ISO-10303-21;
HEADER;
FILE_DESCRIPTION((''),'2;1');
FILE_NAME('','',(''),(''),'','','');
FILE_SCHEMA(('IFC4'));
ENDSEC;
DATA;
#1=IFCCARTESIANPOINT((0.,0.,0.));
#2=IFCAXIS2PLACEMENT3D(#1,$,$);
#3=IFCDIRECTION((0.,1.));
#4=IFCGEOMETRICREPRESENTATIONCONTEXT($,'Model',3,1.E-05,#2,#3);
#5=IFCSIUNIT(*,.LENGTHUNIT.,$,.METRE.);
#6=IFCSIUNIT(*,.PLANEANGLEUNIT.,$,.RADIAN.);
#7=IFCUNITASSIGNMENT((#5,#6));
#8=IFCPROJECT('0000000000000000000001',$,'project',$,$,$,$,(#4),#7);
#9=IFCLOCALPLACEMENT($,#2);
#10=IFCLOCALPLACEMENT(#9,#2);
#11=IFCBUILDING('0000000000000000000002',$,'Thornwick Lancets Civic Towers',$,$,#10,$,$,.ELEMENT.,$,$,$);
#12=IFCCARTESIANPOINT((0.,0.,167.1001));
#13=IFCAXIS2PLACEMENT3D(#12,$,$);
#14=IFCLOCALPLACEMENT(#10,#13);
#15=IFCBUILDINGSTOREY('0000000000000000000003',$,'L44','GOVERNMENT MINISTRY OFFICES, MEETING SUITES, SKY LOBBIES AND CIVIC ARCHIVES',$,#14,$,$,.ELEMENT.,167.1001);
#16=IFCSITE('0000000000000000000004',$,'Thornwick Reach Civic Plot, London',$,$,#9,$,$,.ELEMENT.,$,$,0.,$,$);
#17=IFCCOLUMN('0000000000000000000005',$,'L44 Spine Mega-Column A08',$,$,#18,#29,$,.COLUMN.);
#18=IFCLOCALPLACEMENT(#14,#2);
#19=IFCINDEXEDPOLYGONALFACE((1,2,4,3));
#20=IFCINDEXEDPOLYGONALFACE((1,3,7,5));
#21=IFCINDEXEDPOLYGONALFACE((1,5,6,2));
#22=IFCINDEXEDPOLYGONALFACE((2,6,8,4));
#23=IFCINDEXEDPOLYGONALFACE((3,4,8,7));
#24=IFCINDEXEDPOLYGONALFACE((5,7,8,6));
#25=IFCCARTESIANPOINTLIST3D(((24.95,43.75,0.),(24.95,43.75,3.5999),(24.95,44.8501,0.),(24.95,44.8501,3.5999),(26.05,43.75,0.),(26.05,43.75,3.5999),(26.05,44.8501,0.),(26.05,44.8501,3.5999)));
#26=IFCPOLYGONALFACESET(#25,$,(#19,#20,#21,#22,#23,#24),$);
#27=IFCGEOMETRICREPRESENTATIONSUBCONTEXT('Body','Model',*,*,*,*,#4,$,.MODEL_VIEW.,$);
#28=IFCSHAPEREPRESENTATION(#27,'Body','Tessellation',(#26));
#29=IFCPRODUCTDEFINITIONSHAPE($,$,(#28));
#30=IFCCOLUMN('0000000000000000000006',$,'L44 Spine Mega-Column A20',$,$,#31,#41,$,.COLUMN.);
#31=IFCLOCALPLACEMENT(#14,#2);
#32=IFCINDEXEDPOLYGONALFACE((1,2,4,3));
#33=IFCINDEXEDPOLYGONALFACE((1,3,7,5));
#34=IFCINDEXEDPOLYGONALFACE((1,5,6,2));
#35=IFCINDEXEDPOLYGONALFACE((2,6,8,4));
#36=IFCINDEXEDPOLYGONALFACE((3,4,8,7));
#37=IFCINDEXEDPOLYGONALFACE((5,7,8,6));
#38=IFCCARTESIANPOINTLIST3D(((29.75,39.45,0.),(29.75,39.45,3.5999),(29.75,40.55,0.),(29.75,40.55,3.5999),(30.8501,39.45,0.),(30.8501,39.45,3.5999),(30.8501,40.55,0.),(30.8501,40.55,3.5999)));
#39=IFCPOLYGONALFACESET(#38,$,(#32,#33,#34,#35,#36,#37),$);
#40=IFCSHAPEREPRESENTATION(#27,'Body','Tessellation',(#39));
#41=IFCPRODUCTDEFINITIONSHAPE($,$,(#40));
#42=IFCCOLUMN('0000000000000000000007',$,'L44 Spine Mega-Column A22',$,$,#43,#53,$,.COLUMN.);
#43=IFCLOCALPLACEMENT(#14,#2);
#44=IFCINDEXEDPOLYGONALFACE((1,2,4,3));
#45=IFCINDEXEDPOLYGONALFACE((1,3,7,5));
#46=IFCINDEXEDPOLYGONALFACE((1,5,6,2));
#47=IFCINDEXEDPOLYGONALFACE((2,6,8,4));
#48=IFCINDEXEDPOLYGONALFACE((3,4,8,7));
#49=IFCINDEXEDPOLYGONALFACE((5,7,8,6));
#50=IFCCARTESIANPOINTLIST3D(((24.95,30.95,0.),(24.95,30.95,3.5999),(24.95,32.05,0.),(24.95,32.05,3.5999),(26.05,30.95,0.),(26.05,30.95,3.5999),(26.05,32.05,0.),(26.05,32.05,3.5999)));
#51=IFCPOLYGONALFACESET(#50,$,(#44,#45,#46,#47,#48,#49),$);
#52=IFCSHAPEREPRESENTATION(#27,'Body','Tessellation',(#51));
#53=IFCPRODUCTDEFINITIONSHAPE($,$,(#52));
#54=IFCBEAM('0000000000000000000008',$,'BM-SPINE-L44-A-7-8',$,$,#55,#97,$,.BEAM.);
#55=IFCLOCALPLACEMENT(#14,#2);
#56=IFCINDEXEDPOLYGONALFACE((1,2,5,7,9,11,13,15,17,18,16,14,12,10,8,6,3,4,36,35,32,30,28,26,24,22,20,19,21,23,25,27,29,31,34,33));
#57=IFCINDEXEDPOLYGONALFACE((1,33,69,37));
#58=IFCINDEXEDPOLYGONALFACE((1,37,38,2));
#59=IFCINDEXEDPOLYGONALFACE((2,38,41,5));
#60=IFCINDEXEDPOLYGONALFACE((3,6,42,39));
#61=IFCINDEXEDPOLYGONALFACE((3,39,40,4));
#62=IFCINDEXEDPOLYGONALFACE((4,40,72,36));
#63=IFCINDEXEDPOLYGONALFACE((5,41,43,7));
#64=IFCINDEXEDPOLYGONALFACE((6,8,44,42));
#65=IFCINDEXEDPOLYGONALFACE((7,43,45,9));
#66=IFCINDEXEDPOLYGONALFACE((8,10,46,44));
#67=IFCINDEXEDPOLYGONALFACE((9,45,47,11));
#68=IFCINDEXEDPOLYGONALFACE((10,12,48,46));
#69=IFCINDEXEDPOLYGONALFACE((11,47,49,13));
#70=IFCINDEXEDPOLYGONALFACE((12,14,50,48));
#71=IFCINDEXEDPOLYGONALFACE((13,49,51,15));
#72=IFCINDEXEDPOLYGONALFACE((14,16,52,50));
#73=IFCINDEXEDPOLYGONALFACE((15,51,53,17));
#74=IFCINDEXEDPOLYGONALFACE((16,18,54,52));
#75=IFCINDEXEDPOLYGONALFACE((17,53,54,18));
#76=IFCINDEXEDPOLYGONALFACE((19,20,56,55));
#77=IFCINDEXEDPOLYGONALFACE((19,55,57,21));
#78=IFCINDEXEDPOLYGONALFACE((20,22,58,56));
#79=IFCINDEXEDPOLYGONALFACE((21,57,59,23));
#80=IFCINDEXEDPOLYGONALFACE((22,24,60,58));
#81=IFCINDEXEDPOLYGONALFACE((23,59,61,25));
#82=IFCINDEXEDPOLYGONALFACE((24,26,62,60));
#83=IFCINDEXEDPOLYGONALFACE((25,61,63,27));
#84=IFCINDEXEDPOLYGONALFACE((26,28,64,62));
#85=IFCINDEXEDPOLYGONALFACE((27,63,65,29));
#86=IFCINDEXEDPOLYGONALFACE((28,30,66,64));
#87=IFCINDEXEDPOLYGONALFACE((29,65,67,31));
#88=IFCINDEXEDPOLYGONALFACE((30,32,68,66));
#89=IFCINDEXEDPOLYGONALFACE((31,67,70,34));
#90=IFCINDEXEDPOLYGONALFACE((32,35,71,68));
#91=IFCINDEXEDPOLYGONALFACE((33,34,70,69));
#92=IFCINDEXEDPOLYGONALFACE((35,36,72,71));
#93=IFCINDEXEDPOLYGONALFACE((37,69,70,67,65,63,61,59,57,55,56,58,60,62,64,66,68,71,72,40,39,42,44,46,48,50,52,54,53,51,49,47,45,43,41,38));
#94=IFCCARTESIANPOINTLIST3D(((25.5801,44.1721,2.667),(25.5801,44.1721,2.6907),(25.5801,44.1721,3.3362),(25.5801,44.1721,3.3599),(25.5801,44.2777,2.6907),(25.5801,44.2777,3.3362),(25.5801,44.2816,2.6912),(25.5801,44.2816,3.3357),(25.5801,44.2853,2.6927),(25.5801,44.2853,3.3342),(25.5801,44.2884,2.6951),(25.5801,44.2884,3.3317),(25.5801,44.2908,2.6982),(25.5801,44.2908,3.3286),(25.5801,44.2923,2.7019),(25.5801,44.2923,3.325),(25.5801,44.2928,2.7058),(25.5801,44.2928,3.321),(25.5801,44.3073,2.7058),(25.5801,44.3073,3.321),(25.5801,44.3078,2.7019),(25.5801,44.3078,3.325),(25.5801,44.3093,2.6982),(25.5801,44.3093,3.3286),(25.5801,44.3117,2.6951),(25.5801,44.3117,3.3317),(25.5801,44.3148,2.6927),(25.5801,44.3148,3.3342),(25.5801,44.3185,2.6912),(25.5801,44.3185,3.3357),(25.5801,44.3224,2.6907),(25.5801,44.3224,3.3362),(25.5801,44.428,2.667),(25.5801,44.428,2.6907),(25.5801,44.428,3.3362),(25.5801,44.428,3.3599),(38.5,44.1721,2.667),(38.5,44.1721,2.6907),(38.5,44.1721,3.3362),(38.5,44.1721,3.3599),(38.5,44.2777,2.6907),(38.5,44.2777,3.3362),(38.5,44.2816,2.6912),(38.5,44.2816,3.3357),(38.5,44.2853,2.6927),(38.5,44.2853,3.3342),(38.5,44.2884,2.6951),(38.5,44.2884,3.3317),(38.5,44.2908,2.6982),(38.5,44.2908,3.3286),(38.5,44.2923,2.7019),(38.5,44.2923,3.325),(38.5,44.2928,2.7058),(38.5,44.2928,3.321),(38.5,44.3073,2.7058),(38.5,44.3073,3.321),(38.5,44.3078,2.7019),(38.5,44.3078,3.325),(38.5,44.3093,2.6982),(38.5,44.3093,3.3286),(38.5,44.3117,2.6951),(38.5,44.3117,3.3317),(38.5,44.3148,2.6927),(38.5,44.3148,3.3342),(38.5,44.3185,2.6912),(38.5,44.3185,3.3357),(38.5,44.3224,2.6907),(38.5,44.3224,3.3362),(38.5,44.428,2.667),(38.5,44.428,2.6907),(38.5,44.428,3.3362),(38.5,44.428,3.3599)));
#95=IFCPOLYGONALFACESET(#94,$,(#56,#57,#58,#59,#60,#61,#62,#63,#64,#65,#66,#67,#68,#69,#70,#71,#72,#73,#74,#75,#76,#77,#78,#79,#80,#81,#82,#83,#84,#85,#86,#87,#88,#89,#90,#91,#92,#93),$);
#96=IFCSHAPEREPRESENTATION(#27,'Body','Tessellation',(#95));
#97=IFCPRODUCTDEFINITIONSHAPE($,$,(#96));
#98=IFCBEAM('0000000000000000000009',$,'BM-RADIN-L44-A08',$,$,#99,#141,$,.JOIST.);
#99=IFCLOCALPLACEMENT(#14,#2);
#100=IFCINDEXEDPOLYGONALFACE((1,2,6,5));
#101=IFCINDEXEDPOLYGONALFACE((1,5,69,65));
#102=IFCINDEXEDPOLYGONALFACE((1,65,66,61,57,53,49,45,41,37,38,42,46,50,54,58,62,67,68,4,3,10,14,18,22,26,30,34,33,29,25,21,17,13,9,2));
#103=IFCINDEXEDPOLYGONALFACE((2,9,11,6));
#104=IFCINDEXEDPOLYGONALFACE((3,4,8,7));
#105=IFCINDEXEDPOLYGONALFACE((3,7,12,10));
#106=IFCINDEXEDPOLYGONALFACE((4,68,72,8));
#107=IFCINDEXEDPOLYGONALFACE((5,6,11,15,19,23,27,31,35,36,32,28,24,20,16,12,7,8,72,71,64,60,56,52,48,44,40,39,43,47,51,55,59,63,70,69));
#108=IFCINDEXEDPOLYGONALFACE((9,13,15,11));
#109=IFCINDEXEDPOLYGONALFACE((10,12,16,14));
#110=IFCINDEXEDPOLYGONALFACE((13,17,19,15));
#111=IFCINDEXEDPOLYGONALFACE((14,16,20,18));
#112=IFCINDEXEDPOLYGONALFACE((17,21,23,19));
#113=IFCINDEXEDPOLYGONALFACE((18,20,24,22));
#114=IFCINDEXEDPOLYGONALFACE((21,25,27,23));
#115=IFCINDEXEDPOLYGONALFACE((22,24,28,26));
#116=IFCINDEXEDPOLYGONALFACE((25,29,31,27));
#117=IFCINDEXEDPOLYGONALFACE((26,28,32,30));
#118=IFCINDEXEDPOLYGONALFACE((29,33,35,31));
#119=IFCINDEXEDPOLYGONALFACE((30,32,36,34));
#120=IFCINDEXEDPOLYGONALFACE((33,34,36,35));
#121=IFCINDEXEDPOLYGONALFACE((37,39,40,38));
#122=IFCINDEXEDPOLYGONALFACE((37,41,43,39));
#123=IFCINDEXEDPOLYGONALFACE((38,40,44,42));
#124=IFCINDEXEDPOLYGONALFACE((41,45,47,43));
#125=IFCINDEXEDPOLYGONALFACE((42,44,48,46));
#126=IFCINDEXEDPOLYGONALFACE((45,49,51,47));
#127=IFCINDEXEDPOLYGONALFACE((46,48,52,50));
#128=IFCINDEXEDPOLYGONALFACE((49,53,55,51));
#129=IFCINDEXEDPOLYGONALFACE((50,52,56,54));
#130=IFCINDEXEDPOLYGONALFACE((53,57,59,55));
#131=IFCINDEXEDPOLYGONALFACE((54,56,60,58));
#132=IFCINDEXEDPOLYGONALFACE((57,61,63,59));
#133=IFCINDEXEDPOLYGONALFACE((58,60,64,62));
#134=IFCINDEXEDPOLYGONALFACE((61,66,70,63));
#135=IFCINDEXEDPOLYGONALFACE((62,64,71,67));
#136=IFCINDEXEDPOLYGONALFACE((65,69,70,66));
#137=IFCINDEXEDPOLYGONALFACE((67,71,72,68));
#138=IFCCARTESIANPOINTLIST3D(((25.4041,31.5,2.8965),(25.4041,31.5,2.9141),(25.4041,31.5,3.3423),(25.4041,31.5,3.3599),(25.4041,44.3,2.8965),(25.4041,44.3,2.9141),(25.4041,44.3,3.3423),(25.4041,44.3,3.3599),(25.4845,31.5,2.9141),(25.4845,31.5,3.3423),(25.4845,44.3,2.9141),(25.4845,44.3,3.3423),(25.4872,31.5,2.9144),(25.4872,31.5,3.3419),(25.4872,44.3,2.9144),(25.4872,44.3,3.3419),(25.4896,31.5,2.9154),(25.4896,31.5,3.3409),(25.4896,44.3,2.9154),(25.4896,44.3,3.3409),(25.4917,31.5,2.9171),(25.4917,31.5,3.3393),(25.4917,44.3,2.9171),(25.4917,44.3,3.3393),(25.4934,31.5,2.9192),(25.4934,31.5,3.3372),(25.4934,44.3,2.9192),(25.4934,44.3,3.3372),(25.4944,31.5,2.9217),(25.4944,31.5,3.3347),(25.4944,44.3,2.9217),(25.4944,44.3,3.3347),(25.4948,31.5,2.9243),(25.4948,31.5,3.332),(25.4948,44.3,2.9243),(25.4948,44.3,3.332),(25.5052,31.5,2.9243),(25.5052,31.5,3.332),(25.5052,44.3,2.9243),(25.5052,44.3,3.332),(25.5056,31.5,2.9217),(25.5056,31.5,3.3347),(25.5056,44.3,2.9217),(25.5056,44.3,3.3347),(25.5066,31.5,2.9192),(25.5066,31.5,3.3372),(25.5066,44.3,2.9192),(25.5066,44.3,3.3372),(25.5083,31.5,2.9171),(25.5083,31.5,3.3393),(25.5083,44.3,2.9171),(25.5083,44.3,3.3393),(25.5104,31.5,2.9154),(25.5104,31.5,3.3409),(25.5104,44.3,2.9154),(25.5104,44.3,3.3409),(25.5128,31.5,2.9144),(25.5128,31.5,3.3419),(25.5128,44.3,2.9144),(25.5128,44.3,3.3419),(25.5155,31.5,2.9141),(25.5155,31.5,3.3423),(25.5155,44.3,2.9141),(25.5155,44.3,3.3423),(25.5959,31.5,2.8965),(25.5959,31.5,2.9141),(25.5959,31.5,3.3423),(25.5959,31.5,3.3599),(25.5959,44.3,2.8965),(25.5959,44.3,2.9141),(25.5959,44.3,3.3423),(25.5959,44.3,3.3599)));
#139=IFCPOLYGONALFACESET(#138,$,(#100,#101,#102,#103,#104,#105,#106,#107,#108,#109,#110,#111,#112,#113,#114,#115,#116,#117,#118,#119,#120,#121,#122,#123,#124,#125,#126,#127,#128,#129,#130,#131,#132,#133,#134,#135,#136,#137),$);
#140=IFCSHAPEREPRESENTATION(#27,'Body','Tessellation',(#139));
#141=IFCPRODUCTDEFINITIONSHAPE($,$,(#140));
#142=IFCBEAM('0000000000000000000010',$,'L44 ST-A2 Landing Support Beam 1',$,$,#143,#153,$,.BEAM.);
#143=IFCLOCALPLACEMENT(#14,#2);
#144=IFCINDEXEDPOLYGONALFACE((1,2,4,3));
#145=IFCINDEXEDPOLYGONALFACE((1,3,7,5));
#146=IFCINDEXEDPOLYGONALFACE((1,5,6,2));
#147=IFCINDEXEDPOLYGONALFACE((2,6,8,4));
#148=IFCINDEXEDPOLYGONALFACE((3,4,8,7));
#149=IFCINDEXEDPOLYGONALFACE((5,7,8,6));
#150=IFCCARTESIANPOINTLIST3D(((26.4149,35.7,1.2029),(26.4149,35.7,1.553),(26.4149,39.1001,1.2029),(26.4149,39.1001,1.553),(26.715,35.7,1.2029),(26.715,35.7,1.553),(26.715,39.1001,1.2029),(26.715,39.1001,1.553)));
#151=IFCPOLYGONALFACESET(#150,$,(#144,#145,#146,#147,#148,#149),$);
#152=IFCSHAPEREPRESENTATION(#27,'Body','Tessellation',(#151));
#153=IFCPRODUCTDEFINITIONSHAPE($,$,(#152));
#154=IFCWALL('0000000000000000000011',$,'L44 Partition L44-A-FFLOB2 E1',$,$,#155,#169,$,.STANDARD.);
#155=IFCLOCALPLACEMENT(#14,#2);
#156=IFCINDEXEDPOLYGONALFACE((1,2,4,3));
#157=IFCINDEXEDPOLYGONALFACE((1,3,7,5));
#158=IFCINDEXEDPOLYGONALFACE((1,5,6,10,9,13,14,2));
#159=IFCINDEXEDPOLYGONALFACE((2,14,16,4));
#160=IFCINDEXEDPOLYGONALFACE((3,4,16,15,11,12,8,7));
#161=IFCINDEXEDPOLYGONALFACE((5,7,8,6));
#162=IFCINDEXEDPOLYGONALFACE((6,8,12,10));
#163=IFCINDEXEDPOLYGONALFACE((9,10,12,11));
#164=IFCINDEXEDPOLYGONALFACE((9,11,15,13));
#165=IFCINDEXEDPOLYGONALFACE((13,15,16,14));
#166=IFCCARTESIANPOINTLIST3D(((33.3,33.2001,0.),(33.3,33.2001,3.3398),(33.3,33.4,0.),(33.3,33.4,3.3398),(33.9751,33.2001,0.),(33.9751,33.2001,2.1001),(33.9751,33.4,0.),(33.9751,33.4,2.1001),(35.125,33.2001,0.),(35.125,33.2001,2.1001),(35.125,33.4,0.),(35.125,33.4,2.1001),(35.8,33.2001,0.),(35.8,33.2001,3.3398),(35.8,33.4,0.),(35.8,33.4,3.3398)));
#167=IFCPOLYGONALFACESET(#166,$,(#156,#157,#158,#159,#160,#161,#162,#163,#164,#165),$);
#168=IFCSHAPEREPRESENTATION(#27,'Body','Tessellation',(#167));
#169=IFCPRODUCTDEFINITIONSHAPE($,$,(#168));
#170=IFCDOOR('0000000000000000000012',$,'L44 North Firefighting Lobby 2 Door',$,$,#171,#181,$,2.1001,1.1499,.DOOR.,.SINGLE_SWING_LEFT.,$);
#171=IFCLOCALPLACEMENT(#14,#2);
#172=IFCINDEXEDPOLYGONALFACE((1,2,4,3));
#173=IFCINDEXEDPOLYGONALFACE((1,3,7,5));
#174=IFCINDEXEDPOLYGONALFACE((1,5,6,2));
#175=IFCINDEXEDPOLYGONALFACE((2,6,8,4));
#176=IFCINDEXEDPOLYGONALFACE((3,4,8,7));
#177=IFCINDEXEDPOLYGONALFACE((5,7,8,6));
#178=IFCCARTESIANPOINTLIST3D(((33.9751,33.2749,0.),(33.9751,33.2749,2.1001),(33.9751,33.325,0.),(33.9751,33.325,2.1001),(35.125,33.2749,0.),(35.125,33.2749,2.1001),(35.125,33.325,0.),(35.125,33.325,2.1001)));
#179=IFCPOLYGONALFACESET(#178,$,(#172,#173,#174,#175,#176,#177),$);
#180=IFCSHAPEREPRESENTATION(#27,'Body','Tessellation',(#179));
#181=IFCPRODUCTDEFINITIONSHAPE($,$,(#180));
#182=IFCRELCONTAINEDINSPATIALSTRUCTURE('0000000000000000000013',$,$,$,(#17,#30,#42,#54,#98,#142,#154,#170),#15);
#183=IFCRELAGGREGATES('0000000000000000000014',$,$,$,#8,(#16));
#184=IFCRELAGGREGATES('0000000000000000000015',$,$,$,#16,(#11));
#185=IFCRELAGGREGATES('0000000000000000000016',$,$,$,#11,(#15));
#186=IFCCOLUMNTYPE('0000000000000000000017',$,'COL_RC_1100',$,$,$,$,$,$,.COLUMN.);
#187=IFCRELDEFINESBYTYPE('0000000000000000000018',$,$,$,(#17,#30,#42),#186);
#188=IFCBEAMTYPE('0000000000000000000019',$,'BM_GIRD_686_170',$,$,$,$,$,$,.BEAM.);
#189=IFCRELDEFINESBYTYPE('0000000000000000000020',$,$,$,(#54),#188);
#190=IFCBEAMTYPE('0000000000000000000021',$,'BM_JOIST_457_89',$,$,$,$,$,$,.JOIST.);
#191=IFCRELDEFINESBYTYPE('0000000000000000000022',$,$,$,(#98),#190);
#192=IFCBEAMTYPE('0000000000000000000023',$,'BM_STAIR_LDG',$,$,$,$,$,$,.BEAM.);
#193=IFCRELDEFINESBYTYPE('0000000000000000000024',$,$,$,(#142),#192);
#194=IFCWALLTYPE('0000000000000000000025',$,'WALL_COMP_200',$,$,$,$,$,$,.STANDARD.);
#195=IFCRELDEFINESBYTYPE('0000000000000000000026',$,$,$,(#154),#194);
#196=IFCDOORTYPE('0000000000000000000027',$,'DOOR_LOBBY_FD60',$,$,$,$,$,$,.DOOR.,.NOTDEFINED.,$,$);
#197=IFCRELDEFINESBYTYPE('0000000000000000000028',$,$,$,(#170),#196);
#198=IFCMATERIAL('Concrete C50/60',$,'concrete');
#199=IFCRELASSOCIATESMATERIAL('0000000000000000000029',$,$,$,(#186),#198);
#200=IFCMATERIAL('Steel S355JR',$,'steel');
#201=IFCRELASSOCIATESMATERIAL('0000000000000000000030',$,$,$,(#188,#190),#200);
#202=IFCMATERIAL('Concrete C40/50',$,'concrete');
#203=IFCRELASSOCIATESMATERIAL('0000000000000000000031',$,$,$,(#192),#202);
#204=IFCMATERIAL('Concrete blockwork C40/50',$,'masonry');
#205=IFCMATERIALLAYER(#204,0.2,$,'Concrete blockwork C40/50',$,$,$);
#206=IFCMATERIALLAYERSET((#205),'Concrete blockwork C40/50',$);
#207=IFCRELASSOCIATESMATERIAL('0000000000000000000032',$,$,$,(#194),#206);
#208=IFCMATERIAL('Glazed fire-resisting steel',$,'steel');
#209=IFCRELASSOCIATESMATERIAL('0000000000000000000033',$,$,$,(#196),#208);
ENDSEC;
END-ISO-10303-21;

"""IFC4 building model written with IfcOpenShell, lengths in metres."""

from ifc_helpers import new_model, si_unit, direction, frame, frame_2d, origin, origin_2d, place, context, subcontext, project, spatial, rectangle, i_section, extrude, material, layer, layer_set, material_profile, profile_set, type_object, element, fill, save


model = new_model("IFC4")

# Units and contexts
model_context = context("Model", 3, precision=1e-05, world=origin(), true_north=direction((0.0, 1.0)))
body_context = subcontext(model_context, "Body", "Model", "MODEL_VIEW")
ifc_project = project(units=[si_unit("LENGTHUNIT", "METRE"), si_unit("PLANEANGLEUNIT", "RADIAN")], contexts=[model_context])

# Site, building, storey
site_placement = place(None, origin())
site = spatial("IfcSite", under=ifc_project, at=site_placement, Name="Thornwick Reach Civic Plot, London", CompositionType="ELEMENT", RefElevation=0.0)
building_placement = place(site_placement, origin())
building = spatial("IfcBuilding", under=site, at=building_placement, Name="Thornwick Lancets Civic Towers", CompositionType="ELEMENT")
storey_placement = place(building_placement, frame((0.0, 0.0, 167.1001)))
storey = spatial("IfcBuildingStorey", under=building, at=storey_placement, Name="L44", Description="GOVERNMENT MINISTRY OFFICES, MEETING SUITES, SKY LOBBIES AND CIVIC ARCHIVES", CompositionType="ELEMENT", Elevation=167.1001)

# Columns
ifc_material_1 = material(Name="Concrete C50/60", Category="concrete")
ifc_material_profile_1 = material_profile(ifc_material_1, rectangle(XDim=1.1001, YDim=1.1001, at=origin_2d()), Name="RC 1100x1100")
ifc_profile_set_1 = profile_set([ifc_material_profile_1], Name="Concrete C50/60")
column_type = type_object("IfcColumnType", Name="COL_RC_1100", PredefinedType="COLUMN", material=ifc_profile_set_1)
for number, where, z_axis, x_axis, name in (
    (1, (25.5, 44.3, 0.0), (0.0, 0.0, 1.0), (1.0, 0.0, 0.0), "L44 Spine Mega-Column A08"),
    (2, (30.3, 40.0, 0.0), (0.0, 0.0, 1.0), (1.0, 0.0, 0.0), "L44 Spine Mega-Column A20"),
    (3, (25.5, 31.5, 0.0), (0.0, 0.0, 1.0), (1.0, 0.0, 0.0), "L44 Spine Mega-Column A22"),
):
    element("IfcColumn", number, at=place(storey_placement, frame(where, z_axis=z_axis, x_axis=x_axis)), inside=storey, type_object=column_type, Name=name, PredefinedType="COLUMN", context=body_context, shape_type="SweptSolid", body=[
        extrude(rectangle(XDim=1.1001, YDim=1.1001, at=origin_2d()), origin(), (0.0, 0.0, 1.0), 3.5999),
    ])

# Beams
ifc_material_2 = material(Name="Steel S355JR", Category="steel")
ifc_material_profile_2 = material_profile(ifc_material_2, i_section(OverallWidth=0.2559, OverallDepth=0.6929, WebThickness=0.0144, FlangeThickness=0.0237, FilletRadius=0.0151, at=origin_2d()), Name="UKB 686x254x170")
ifc_profile_set_2 = profile_set([ifc_material_profile_2], Name="Steel S355JR")
beam_type_1 = type_object("IfcBeamType", Name="BM_GIRD_686_170", PredefinedType="BEAM", material=ifc_profile_set_2)
beam_1_placement = place(storey_placement, frame((25.5801, 44.3, 3.0134), z_axis=(1.0, 0.0, 0.0), x_axis=(0.0, 1.0, 0.0)))
element("IfcBeam", 4, at=beam_1_placement, inside=storey, type_object=beam_type_1, Name="BM-SPINE-L44-A-7-8", PredefinedType="BEAM", context=body_context, shape_type="SweptSolid", body=[
    extrude(i_section(OverallWidth=0.2559, OverallDepth=0.6929, WebThickness=0.0144, FlangeThickness=0.0237, FilletRadius=0.0151, at=origin_2d()), origin(), (0.0, 0.0, 1.0), 12.9199),
])
ifc_material_profile_3 = material_profile(ifc_material_2, i_section(OverallWidth=0.1919, OverallDepth=0.4634, WebThickness=0.0105, FlangeThickness=0.0176, FilletRadius=0.0103, at=origin_2d()), Name="UKB 457x191x89")
ifc_profile_set_3 = profile_set([ifc_material_profile_3], Name="Steel S355JR")
beam_type_2 = type_object("IfcBeamType", Name="BM_JOIST_457_89", PredefinedType="JOIST", material=ifc_profile_set_3)
beam_2_placement = place(storey_placement, frame((25.5, 31.5, 3.1282), z_axis=(0.0, 1.0, 0.0), x_axis=(-1.0, 0.0, 0.0)))
element("IfcBeam", 5, at=beam_2_placement, inside=storey, type_object=beam_type_2, Name="BM-RADIN-L44-A08", PredefinedType="JOIST", context=body_context, shape_type="SweptSolid", body=[
    extrude(i_section(OverallWidth=0.1919, OverallDepth=0.4634, WebThickness=0.0105, FlangeThickness=0.0176, FilletRadius=0.0103, at=origin_2d()), origin(), (0.0, 0.0, 1.0), 12.8),
])
ifc_material_3 = material(Name="Concrete C40/50", Category="concrete")
ifc_material_profile_4 = material_profile(ifc_material_3, rectangle(XDim=0.3, YDim=0.3501, at=origin_2d()), Name="RC 300x350")
ifc_profile_set_4 = profile_set([ifc_material_profile_4], Name="Concrete C40/50")
beam_type_3 = type_object("IfcBeamType", Name="BM_STAIR_LDG", PredefinedType="BEAM", material=ifc_profile_set_4)
beam_3_placement = place(storey_placement, frame((26.5649, 39.1001, 1.3779), z_axis=(0.0, -1.0, 0.0), x_axis=(1.0, 0.0, 0.0)))
element("IfcBeam", 6, at=beam_3_placement, inside=storey, type_object=beam_type_3, Name="L44 ST-A2 Landing Support Beam 1", PredefinedType="BEAM", context=body_context, shape_type="SweptSolid", body=[
    extrude(rectangle(XDim=0.3, YDim=0.3501, at=origin_2d()), origin(), (0.0, 0.0, 1.0), 3.4001),
])

# Wall, opening, door
ifc_material_4 = material(Name="Concrete blockwork C40/50", Category="masonry")
ifc_layer_1 = layer(ifc_material_4, 0.2, Name="Concrete blockwork C40/50")
ifc_layer_set_1 = layer_set([ifc_layer_1], Name="Concrete blockwork C40/50")
wall_type_1 = type_object("IfcWallType", Name="WALL_COMP_200", PredefinedType="STANDARD", material=ifc_layer_set_1)
wall_1_placement = place(storey_placement, frame((33.3, 33.3, 0.0), z_axis=(0.0, 0.0, 1.0), x_axis=(1.0, 0.0, 0.0)))
wall_1 = element("IfcWall", 7, at=wall_1_placement, inside=storey, type_object=wall_type_1, Name="L44 Partition L44-A-FFLOB2 E1", PredefinedType="STANDARD", context=body_context, shape_type="SweptSolid", body=[
    extrude(rectangle(XDim=2.5, YDim=0.2, at=frame_2d((1.25, 0.0))), origin(), (0.0, 0.0, 1.0), 3.3398),
])
opening_1_placement = place(wall_1_placement, frame((0.675, 0.0, 0.0)))
opening_1 = element("IfcOpeningElement", 8, at=opening_1_placement, cuts=wall_1, PredefinedType="OPENING", context=body_context, shape_type="SweptSolid", body=[
    extrude(rectangle(XDim=1.1499, YDim=2.1001, at=frame_2d((0.575, 1.05))), frame((0.0, 0.1099, 0.0), z_axis=(0.0, -1.0, 0.0), x_axis=(1.0, 0.0, 0.0)), (0.0, 0.0, 1.0), 0.22),
])
ifc_material_5 = material(Name="Glazed fire-resisting steel", Category="steel")
door_type_1 = type_object("IfcDoorType", Name="DOOR_LOBBY_FD60", OperationType="NOTDEFINED", PredefinedType="DOOR", material=ifc_material_5)
door_1_placement = place(opening_1_placement, origin())
door_1 = element("IfcDoor", 9, at=door_1_placement, inside=storey, type_object=door_type_1, Name="L44 North Firefighting Lobby 2 Door", OperationType="SINGLE_SWING_LEFT", OverallHeight=2.1001, OverallWidth=1.1499, PredefinedType="DOOR", context=body_context, shape_type="SweptSolid", body=[
    extrude(rectangle(XDim=1.1499, YDim=2.1001, at=frame_2d((0.575, 1.05))), frame((0.0, 0.0249, 0.0), z_axis=(0.0, -1.0, 0.0), x_axis=(1.0, 0.0, 0.0)), (0.0, 0.0, 1.0), 0.05),
])
fill(opening_1, door_1)

save(model, "model.ifc")
